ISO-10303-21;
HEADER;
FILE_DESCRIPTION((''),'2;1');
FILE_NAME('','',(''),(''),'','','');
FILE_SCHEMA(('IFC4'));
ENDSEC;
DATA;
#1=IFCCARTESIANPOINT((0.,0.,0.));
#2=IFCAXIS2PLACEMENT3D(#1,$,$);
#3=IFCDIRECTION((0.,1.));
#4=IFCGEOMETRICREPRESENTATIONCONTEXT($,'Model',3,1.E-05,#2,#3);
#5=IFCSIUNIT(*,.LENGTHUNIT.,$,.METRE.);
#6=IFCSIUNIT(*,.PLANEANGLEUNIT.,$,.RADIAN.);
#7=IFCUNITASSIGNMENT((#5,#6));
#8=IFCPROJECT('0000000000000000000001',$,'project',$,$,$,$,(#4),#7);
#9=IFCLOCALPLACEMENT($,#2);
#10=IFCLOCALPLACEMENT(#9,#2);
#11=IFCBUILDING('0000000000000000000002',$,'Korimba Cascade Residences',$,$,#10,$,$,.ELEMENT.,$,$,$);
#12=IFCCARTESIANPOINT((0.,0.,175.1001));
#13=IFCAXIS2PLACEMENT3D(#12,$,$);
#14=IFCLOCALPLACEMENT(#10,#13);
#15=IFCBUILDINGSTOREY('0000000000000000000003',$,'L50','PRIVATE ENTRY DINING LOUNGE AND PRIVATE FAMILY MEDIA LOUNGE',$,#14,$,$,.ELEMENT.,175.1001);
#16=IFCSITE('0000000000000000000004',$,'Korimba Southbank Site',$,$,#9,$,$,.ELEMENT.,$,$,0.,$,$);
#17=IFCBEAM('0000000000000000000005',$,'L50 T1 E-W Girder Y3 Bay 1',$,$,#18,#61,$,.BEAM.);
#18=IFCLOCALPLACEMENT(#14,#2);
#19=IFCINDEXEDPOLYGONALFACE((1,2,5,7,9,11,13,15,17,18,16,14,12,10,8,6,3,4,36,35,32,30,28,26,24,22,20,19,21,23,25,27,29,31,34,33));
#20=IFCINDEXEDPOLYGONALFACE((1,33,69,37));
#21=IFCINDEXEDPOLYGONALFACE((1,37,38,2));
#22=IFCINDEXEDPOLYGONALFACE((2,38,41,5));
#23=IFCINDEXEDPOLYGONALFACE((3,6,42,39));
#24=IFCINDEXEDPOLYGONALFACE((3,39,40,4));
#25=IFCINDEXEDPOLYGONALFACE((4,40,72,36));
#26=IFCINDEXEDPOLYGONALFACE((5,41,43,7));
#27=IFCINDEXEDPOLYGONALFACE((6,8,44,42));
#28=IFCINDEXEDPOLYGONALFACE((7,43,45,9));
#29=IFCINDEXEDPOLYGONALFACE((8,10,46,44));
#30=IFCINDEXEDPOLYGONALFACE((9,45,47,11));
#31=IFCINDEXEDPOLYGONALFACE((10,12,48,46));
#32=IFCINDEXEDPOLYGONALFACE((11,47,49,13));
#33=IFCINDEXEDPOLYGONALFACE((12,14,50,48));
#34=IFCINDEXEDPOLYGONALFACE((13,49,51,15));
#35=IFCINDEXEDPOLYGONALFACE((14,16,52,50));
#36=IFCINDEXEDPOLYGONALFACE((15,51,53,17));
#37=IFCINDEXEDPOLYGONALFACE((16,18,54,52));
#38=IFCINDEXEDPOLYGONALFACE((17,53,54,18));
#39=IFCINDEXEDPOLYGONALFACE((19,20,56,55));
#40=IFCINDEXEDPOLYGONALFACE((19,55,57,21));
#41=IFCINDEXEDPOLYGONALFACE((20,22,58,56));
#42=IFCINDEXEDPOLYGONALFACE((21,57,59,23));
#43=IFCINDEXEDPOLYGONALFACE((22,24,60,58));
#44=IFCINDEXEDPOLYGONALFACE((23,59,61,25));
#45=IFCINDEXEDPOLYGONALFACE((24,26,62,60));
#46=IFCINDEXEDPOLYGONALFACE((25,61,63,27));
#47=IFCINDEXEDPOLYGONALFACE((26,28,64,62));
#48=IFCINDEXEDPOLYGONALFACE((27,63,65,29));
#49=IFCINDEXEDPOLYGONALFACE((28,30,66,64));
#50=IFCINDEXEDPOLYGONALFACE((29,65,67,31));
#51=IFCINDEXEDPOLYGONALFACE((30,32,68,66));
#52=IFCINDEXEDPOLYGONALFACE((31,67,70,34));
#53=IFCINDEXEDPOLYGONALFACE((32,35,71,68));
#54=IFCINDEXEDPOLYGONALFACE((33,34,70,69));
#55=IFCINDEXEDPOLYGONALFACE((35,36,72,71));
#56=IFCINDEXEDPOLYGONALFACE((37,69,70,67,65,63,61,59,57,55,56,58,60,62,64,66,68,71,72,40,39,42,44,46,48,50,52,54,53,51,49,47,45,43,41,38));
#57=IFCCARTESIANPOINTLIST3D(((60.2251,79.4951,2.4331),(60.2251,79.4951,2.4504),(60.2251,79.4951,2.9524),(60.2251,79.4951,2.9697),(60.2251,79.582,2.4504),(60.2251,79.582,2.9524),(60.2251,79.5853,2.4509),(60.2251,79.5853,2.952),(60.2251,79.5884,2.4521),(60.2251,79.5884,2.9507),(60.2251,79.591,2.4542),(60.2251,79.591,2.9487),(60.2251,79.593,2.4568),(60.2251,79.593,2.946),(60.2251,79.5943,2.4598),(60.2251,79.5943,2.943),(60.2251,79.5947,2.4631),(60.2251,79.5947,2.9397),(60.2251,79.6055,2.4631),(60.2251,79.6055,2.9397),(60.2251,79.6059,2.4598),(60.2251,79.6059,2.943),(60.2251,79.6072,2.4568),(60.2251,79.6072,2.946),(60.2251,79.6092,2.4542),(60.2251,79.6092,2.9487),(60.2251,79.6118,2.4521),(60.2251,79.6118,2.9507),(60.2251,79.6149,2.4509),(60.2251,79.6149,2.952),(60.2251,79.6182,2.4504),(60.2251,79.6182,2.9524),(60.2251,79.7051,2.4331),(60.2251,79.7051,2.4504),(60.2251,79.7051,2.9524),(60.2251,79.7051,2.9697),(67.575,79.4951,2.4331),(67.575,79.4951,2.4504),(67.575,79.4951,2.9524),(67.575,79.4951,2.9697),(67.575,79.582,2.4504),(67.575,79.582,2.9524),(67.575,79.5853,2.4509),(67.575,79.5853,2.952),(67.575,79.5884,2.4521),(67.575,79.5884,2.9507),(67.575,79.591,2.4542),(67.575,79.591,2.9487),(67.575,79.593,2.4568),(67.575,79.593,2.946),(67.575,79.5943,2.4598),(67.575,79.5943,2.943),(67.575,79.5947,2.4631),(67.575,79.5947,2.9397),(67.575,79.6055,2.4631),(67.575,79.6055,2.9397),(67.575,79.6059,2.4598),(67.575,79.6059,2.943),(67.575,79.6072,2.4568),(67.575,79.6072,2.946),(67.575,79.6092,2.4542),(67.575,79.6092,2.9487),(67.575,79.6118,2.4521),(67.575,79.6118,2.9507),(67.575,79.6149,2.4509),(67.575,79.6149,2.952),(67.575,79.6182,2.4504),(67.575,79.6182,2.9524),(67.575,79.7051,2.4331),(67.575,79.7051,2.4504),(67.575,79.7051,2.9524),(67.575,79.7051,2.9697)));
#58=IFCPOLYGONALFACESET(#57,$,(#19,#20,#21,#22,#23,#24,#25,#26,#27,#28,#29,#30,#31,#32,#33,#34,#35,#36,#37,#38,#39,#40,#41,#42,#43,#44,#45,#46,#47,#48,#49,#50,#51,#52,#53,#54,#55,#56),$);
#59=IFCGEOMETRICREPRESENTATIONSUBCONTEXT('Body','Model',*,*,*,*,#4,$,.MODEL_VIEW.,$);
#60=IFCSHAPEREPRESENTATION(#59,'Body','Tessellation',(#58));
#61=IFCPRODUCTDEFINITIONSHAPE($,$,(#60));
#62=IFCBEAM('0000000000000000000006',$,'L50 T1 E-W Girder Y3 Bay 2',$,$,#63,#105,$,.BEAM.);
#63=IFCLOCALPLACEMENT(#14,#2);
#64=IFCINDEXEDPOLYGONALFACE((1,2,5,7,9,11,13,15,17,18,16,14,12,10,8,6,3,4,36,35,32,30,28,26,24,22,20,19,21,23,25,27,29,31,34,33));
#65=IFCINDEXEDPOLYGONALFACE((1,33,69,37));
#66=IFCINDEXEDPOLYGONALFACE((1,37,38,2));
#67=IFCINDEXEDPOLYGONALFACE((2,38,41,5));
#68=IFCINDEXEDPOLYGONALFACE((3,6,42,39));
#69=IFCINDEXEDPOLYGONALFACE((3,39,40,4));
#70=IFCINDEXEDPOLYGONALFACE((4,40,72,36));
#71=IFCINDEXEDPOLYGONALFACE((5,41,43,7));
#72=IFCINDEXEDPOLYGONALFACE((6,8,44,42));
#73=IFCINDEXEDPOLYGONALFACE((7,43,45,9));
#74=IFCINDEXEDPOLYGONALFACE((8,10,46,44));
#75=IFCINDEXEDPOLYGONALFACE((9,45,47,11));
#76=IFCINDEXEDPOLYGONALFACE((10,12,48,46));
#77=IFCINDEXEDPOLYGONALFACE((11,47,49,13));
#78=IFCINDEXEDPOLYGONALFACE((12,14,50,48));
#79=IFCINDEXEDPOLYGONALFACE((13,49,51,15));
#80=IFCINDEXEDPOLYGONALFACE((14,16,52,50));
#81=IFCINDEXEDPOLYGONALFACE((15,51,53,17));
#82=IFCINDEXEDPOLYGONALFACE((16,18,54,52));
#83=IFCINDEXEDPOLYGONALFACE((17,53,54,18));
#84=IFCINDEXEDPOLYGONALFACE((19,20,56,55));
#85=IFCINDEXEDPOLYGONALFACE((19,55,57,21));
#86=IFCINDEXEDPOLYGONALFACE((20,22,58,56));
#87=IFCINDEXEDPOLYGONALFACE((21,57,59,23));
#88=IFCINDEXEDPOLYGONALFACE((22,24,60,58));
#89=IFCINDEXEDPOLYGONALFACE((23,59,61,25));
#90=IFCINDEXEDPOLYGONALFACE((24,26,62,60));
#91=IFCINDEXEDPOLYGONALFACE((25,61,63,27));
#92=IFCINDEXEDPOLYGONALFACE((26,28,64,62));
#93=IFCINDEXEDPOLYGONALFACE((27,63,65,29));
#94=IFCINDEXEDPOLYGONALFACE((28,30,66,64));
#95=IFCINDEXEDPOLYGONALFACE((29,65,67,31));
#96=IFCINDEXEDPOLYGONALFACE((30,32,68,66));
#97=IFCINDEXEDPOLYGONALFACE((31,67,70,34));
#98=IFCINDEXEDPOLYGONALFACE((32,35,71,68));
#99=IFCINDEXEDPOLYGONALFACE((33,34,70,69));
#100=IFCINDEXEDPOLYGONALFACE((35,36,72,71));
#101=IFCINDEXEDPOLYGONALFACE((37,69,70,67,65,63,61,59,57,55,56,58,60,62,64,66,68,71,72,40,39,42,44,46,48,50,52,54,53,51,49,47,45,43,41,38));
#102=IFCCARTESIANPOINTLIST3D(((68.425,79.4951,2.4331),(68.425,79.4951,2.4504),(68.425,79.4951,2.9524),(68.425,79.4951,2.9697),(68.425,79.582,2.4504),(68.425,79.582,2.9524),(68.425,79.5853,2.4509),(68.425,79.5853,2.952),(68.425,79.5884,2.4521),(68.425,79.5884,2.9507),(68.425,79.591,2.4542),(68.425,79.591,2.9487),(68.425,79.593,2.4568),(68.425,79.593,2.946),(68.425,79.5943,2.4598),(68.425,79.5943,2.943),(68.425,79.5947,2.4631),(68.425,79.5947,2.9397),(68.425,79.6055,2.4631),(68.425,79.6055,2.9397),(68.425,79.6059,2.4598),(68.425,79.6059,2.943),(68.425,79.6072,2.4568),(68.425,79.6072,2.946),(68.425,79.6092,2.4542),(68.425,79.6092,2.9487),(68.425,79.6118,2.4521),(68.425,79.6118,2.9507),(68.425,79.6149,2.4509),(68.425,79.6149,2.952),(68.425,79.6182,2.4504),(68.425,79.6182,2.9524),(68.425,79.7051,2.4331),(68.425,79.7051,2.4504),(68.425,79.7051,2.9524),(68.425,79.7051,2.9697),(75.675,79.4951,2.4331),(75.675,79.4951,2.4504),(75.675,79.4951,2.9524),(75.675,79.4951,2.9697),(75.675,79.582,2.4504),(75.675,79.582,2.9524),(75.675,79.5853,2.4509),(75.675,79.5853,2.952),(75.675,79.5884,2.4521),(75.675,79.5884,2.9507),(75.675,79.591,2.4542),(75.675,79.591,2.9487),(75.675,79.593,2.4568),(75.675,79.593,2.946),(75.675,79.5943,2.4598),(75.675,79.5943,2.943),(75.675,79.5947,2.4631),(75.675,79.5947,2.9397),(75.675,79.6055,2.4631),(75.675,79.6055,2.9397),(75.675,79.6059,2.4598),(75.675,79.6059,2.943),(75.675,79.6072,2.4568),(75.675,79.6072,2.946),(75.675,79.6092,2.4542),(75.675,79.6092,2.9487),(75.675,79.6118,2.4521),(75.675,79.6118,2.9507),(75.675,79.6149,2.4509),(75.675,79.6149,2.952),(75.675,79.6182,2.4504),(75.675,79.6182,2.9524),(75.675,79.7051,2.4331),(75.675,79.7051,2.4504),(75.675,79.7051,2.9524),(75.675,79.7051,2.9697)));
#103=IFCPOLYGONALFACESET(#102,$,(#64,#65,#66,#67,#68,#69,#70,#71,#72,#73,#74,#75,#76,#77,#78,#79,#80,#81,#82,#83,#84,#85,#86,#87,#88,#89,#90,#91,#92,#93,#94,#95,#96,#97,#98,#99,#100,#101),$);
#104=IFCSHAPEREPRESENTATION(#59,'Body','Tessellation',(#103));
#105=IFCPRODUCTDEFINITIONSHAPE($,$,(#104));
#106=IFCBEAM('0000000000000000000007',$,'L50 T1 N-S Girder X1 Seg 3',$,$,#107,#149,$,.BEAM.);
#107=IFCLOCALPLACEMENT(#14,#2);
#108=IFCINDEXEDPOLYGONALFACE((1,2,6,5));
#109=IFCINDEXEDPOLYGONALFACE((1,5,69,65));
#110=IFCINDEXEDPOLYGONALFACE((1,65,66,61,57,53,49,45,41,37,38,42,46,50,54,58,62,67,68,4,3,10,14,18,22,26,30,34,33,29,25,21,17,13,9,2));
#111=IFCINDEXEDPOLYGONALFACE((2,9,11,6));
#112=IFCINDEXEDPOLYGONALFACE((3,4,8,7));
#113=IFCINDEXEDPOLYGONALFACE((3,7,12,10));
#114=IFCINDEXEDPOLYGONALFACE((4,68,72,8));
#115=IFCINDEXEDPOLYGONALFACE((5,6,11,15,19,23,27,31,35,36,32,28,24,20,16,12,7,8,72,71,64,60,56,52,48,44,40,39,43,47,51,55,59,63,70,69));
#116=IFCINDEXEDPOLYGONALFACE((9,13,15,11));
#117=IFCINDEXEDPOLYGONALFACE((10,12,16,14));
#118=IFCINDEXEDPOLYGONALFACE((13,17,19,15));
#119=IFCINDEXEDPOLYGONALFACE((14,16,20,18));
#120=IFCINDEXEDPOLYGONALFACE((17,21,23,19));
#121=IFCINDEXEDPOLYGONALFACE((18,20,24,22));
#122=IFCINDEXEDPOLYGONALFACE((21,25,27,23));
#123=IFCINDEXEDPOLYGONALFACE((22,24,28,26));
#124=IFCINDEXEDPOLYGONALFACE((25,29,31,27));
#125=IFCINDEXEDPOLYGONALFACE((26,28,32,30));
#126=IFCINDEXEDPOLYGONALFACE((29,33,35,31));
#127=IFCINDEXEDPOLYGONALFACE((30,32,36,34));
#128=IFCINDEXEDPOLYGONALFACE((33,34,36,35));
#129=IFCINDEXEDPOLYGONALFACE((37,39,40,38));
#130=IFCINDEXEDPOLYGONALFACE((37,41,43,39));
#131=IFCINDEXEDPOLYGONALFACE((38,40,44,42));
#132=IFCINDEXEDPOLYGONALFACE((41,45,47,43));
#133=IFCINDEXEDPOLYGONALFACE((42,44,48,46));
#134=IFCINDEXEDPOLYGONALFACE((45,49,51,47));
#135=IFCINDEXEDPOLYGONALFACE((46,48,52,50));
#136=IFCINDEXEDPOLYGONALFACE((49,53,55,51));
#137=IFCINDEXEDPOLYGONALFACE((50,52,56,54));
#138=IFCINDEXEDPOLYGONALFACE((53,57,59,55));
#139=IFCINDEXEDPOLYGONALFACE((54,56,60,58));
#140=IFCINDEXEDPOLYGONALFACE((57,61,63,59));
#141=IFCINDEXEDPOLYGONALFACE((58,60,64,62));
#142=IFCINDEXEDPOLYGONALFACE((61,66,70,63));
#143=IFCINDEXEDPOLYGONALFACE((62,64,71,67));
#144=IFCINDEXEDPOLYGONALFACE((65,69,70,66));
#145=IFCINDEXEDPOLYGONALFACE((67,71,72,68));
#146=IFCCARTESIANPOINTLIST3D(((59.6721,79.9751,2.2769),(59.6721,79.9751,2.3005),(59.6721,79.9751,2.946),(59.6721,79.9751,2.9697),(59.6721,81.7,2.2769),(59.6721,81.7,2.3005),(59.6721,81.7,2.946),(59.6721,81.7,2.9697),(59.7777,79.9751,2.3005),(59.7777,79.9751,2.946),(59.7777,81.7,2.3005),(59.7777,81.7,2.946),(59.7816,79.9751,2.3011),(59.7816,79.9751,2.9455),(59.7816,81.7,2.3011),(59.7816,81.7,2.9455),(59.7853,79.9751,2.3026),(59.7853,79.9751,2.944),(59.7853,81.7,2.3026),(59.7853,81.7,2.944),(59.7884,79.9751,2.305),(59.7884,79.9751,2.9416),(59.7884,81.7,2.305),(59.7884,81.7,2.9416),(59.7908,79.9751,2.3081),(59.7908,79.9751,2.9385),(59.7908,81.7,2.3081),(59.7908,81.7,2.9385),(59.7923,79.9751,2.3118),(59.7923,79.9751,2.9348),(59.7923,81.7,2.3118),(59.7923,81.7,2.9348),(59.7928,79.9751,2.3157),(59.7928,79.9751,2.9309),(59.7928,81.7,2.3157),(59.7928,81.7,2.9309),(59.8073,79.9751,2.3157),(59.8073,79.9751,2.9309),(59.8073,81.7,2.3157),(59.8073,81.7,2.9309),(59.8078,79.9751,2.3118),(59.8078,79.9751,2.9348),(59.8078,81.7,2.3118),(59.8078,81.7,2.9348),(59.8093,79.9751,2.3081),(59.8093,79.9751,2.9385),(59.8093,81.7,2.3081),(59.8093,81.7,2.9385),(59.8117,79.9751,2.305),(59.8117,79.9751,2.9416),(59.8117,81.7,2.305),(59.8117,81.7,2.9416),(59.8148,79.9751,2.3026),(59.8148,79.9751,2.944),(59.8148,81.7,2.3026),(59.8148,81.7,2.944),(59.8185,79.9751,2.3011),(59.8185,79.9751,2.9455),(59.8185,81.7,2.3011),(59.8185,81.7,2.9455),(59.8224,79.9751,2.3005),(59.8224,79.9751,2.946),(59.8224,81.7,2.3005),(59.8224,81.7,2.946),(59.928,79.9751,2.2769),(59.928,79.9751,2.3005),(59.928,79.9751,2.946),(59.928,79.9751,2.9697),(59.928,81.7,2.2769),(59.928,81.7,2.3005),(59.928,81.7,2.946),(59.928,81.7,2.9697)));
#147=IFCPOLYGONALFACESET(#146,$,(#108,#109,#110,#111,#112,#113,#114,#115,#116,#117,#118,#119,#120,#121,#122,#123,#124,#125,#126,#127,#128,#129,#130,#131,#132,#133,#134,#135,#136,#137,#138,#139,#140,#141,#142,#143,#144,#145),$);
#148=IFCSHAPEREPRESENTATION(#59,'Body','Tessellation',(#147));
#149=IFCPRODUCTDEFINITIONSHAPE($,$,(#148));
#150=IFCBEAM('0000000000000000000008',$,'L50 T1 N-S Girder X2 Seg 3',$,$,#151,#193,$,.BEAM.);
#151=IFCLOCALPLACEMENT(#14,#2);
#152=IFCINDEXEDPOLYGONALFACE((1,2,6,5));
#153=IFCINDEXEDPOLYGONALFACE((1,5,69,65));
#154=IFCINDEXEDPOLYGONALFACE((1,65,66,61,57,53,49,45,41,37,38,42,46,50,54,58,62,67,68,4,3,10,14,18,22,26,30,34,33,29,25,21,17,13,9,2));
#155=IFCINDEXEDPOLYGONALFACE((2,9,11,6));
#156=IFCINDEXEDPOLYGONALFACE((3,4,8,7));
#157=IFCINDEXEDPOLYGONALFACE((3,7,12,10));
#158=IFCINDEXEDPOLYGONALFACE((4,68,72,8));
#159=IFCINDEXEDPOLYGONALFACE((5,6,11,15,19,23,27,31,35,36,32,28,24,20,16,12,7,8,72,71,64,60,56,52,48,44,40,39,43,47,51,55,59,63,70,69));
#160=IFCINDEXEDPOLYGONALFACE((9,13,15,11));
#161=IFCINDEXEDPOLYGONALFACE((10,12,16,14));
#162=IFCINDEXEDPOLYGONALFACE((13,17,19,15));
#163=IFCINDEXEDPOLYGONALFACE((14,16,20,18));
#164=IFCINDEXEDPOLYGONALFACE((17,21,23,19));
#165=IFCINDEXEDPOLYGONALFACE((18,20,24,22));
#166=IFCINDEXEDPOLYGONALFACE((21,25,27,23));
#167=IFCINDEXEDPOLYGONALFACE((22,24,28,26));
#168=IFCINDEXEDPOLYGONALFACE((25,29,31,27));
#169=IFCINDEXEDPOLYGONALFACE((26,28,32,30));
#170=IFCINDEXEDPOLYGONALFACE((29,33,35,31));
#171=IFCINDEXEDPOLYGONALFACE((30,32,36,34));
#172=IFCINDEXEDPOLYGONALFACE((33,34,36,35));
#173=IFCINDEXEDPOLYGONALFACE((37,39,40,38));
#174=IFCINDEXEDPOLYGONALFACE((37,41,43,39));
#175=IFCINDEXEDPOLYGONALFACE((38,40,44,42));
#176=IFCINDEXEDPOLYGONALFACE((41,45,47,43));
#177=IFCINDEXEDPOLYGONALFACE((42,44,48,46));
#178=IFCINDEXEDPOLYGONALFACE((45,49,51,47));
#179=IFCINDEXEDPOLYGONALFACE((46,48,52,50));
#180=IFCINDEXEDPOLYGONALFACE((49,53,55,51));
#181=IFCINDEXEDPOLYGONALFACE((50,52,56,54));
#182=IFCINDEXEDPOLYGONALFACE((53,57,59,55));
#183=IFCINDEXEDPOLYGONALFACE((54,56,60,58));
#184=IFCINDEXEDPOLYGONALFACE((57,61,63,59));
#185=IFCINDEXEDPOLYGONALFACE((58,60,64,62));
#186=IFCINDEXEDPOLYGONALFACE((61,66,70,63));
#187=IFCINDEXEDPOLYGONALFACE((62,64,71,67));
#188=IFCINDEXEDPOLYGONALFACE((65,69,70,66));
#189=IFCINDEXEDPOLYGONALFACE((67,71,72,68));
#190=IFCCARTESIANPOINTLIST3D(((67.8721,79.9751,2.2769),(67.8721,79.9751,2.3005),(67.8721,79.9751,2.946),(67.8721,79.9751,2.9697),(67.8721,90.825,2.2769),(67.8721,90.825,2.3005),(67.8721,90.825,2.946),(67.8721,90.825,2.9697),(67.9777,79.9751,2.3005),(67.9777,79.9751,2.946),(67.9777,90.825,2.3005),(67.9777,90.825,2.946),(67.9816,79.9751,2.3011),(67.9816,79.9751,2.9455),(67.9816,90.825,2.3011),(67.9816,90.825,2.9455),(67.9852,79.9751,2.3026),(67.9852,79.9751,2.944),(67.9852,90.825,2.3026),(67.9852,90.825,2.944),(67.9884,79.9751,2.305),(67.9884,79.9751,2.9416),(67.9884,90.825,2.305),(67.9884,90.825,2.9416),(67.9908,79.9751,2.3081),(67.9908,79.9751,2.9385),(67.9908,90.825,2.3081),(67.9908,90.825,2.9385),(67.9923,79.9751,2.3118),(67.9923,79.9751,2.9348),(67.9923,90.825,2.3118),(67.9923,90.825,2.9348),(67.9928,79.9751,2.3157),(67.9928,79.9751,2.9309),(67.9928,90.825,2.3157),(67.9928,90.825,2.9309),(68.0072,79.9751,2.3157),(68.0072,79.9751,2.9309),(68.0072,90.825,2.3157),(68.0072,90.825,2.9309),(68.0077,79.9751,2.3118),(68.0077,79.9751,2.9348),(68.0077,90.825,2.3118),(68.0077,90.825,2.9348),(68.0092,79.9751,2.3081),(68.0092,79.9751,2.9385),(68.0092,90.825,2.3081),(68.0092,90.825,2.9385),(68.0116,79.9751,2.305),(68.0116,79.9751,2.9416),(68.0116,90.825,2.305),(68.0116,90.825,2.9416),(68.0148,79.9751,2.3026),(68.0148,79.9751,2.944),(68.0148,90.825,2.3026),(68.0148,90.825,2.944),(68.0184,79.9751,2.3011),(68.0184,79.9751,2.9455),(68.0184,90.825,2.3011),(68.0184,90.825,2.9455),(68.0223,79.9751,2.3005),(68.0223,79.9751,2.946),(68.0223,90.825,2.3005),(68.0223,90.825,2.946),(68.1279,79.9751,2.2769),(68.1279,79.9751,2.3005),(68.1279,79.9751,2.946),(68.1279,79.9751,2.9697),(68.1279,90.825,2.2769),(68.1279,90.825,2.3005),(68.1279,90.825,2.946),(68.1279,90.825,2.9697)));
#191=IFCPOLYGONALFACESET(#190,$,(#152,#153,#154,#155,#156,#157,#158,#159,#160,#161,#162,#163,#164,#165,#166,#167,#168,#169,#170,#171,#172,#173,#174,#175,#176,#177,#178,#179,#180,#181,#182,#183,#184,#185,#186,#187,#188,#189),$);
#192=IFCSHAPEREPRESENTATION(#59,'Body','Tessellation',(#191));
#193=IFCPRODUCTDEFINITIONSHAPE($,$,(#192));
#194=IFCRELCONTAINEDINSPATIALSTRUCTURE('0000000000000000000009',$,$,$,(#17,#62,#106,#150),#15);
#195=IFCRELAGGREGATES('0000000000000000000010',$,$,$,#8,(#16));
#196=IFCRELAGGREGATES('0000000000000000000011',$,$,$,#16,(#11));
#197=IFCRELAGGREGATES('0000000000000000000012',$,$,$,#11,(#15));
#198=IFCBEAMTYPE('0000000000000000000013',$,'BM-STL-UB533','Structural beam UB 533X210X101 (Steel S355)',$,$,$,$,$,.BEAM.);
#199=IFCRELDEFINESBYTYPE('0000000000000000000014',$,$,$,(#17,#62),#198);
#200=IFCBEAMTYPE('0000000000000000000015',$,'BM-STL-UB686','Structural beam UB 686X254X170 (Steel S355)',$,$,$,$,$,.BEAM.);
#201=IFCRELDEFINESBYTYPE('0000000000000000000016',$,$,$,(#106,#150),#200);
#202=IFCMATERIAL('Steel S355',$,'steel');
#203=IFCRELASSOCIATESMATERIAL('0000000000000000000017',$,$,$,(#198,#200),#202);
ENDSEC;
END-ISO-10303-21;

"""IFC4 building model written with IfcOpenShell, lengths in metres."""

from ifc_helpers import new_model, si_unit, direction, frame, origin, origin_2d, place, context, subcontext, project, spatial, i_section, extrude, material, material_profile, profile_set, type_object, element, save


model = new_model("IFC4")

# Units and contexts
model_context = context("Model", 3, precision=1e-05, world=origin(), true_north=direction((0.0, 1.0)))
body_context = subcontext(model_context, "Body", "Model", "MODEL_VIEW")
ifc_project = project(units=[si_unit("LENGTHUNIT", "METRE"), si_unit("PLANEANGLEUNIT", "RADIAN")], contexts=[model_context])

# Site, building, storey
site_placement = place(None, origin())
site = spatial("IfcSite", under=ifc_project, at=site_placement, Name="Korimba Southbank Site", CompositionType="ELEMENT", RefElevation=0.0)
building_placement = place(site_placement, origin())
building = spatial("IfcBuilding", under=site, at=building_placement, Name="Korimba Cascade Residences", CompositionType="ELEMENT")
storey_placement = place(building_placement, frame((0.0, 0.0, 175.1001)))
storey = spatial("IfcBuildingStorey", under=building, at=storey_placement, Name="L50", Description="PRIVATE ENTRY DINING LOUNGE AND PRIVATE FAMILY MEDIA LOUNGE", CompositionType="ELEMENT", Elevation=175.1001)

# Beams
ifc_material_1 = material(Name="Steel S355", Category="steel")
ifc_material_profile_1 = material_profile(ifc_material_1, i_section(OverallWidth=0.21, OverallDepth=0.5366, WebThickness=0.0107, FlangeThickness=0.0173, FilletRadius=0.0127, at=origin_2d()), Name="Steel S355")
ifc_profile_set_1 = profile_set([ifc_material_profile_1], Name="Steel S355")
beam_type_1 = type_object("IfcBeamType", Name="BM-STL-UB533", Description="Structural beam UB 533X210X101 (Steel S355)", PredefinedType="BEAM", material=ifc_profile_set_1)
beam_1_placement = place(storey_placement, frame((60.2251, 79.6001, 2.7014), z_axis=(1.0, 0.0, 0.0), x_axis=(0.0, 1.0, 0.0)))
element("IfcBeam", 1, at=beam_1_placement, inside=storey, type_object=beam_type_1, Name="L50 T1 E-W Girder Y3 Bay 1", PredefinedType="BEAM", context=body_context, shape_type="SweptSolid", body=[
    extrude(i_section(OverallWidth=0.21, OverallDepth=0.5366, WebThickness=0.0107, FlangeThickness=0.0173, FilletRadius=0.0127, at=origin_2d()), origin(), (0.0, 0.0, 1.0), 7.3499),
])
beam_2_placement = place(storey_placement, frame((68.425, 79.6001, 2.7014), z_axis=(1.0, 0.0, 0.0), x_axis=(0.0, 1.0, 0.0)))
element("IfcBeam", 2, at=beam_2_placement, inside=storey, type_object=beam_type_1, Name="L50 T1 E-W Girder Y3 Bay 2", PredefinedType="BEAM", context=body_context, shape_type="SweptSolid", body=[
    extrude(i_section(OverallWidth=0.21, OverallDepth=0.5366, WebThickness=0.0107, FlangeThickness=0.0173, FilletRadius=0.0127, at=origin_2d()), origin(), (0.0, 0.0, 1.0), 7.25),
])
ifc_material_profile_2 = material_profile(ifc_material_1, i_section(OverallWidth=0.2559, OverallDepth=0.6929, WebThickness=0.0144, FlangeThickness=0.0237, FilletRadius=0.0151, at=origin_2d()), Name="Steel S355")
ifc_profile_set_2 = profile_set([ifc_material_profile_2], Name="Steel S355")
beam_type_2 = type_object("IfcBeamType", Name="BM-STL-UB686", Description="Structural beam UB 686X254X170 (Steel S355)", PredefinedType="BEAM", material=ifc_profile_set_2)
beam_3_placement = place(storey_placement, frame((59.8, 79.9751, 2.6233), z_axis=(0.0, 1.0, 0.0), x_axis=(-1.0, 0.0, 0.0)))
element("IfcBeam", 3, at=beam_3_placement, inside=storey, type_object=beam_type_2, Name="L50 T1 N-S Girder X1 Seg 3", PredefinedType="BEAM", context=body_context, shape_type="SweptSolid", body=[
    extrude(i_section(OverallWidth=0.2559, OverallDepth=0.6929, WebThickness=0.0144, FlangeThickness=0.0237, FilletRadius=0.0151, at=origin_2d()), origin(), (0.0, 0.0, 1.0), 1.7249),
])
for number, where, z_axis, x_axis, name in (
    (4, (68.0, 79.9751, 2.6233), (0.0, 1.0, 0.0), (-1.0, 0.0, 0.0), "L50 T1 N-S Girder X2 Seg 3"),
):
    element("IfcBeam", number, at=place(storey_placement, frame(where, z_axis=z_axis, x_axis=x_axis)), inside=storey, type_object=beam_type_2, Name=name, PredefinedType="BEAM", context=body_context, shape_type="SweptSolid", body=[
        extrude(i_section(OverallWidth=0.2559, OverallDepth=0.6929, WebThickness=0.0144, FlangeThickness=0.0237, FilletRadius=0.0151, at=origin_2d()), origin(), (0.0, 0.0, 1.0), 10.8499),
    ])

save(model, "model.ifc")
